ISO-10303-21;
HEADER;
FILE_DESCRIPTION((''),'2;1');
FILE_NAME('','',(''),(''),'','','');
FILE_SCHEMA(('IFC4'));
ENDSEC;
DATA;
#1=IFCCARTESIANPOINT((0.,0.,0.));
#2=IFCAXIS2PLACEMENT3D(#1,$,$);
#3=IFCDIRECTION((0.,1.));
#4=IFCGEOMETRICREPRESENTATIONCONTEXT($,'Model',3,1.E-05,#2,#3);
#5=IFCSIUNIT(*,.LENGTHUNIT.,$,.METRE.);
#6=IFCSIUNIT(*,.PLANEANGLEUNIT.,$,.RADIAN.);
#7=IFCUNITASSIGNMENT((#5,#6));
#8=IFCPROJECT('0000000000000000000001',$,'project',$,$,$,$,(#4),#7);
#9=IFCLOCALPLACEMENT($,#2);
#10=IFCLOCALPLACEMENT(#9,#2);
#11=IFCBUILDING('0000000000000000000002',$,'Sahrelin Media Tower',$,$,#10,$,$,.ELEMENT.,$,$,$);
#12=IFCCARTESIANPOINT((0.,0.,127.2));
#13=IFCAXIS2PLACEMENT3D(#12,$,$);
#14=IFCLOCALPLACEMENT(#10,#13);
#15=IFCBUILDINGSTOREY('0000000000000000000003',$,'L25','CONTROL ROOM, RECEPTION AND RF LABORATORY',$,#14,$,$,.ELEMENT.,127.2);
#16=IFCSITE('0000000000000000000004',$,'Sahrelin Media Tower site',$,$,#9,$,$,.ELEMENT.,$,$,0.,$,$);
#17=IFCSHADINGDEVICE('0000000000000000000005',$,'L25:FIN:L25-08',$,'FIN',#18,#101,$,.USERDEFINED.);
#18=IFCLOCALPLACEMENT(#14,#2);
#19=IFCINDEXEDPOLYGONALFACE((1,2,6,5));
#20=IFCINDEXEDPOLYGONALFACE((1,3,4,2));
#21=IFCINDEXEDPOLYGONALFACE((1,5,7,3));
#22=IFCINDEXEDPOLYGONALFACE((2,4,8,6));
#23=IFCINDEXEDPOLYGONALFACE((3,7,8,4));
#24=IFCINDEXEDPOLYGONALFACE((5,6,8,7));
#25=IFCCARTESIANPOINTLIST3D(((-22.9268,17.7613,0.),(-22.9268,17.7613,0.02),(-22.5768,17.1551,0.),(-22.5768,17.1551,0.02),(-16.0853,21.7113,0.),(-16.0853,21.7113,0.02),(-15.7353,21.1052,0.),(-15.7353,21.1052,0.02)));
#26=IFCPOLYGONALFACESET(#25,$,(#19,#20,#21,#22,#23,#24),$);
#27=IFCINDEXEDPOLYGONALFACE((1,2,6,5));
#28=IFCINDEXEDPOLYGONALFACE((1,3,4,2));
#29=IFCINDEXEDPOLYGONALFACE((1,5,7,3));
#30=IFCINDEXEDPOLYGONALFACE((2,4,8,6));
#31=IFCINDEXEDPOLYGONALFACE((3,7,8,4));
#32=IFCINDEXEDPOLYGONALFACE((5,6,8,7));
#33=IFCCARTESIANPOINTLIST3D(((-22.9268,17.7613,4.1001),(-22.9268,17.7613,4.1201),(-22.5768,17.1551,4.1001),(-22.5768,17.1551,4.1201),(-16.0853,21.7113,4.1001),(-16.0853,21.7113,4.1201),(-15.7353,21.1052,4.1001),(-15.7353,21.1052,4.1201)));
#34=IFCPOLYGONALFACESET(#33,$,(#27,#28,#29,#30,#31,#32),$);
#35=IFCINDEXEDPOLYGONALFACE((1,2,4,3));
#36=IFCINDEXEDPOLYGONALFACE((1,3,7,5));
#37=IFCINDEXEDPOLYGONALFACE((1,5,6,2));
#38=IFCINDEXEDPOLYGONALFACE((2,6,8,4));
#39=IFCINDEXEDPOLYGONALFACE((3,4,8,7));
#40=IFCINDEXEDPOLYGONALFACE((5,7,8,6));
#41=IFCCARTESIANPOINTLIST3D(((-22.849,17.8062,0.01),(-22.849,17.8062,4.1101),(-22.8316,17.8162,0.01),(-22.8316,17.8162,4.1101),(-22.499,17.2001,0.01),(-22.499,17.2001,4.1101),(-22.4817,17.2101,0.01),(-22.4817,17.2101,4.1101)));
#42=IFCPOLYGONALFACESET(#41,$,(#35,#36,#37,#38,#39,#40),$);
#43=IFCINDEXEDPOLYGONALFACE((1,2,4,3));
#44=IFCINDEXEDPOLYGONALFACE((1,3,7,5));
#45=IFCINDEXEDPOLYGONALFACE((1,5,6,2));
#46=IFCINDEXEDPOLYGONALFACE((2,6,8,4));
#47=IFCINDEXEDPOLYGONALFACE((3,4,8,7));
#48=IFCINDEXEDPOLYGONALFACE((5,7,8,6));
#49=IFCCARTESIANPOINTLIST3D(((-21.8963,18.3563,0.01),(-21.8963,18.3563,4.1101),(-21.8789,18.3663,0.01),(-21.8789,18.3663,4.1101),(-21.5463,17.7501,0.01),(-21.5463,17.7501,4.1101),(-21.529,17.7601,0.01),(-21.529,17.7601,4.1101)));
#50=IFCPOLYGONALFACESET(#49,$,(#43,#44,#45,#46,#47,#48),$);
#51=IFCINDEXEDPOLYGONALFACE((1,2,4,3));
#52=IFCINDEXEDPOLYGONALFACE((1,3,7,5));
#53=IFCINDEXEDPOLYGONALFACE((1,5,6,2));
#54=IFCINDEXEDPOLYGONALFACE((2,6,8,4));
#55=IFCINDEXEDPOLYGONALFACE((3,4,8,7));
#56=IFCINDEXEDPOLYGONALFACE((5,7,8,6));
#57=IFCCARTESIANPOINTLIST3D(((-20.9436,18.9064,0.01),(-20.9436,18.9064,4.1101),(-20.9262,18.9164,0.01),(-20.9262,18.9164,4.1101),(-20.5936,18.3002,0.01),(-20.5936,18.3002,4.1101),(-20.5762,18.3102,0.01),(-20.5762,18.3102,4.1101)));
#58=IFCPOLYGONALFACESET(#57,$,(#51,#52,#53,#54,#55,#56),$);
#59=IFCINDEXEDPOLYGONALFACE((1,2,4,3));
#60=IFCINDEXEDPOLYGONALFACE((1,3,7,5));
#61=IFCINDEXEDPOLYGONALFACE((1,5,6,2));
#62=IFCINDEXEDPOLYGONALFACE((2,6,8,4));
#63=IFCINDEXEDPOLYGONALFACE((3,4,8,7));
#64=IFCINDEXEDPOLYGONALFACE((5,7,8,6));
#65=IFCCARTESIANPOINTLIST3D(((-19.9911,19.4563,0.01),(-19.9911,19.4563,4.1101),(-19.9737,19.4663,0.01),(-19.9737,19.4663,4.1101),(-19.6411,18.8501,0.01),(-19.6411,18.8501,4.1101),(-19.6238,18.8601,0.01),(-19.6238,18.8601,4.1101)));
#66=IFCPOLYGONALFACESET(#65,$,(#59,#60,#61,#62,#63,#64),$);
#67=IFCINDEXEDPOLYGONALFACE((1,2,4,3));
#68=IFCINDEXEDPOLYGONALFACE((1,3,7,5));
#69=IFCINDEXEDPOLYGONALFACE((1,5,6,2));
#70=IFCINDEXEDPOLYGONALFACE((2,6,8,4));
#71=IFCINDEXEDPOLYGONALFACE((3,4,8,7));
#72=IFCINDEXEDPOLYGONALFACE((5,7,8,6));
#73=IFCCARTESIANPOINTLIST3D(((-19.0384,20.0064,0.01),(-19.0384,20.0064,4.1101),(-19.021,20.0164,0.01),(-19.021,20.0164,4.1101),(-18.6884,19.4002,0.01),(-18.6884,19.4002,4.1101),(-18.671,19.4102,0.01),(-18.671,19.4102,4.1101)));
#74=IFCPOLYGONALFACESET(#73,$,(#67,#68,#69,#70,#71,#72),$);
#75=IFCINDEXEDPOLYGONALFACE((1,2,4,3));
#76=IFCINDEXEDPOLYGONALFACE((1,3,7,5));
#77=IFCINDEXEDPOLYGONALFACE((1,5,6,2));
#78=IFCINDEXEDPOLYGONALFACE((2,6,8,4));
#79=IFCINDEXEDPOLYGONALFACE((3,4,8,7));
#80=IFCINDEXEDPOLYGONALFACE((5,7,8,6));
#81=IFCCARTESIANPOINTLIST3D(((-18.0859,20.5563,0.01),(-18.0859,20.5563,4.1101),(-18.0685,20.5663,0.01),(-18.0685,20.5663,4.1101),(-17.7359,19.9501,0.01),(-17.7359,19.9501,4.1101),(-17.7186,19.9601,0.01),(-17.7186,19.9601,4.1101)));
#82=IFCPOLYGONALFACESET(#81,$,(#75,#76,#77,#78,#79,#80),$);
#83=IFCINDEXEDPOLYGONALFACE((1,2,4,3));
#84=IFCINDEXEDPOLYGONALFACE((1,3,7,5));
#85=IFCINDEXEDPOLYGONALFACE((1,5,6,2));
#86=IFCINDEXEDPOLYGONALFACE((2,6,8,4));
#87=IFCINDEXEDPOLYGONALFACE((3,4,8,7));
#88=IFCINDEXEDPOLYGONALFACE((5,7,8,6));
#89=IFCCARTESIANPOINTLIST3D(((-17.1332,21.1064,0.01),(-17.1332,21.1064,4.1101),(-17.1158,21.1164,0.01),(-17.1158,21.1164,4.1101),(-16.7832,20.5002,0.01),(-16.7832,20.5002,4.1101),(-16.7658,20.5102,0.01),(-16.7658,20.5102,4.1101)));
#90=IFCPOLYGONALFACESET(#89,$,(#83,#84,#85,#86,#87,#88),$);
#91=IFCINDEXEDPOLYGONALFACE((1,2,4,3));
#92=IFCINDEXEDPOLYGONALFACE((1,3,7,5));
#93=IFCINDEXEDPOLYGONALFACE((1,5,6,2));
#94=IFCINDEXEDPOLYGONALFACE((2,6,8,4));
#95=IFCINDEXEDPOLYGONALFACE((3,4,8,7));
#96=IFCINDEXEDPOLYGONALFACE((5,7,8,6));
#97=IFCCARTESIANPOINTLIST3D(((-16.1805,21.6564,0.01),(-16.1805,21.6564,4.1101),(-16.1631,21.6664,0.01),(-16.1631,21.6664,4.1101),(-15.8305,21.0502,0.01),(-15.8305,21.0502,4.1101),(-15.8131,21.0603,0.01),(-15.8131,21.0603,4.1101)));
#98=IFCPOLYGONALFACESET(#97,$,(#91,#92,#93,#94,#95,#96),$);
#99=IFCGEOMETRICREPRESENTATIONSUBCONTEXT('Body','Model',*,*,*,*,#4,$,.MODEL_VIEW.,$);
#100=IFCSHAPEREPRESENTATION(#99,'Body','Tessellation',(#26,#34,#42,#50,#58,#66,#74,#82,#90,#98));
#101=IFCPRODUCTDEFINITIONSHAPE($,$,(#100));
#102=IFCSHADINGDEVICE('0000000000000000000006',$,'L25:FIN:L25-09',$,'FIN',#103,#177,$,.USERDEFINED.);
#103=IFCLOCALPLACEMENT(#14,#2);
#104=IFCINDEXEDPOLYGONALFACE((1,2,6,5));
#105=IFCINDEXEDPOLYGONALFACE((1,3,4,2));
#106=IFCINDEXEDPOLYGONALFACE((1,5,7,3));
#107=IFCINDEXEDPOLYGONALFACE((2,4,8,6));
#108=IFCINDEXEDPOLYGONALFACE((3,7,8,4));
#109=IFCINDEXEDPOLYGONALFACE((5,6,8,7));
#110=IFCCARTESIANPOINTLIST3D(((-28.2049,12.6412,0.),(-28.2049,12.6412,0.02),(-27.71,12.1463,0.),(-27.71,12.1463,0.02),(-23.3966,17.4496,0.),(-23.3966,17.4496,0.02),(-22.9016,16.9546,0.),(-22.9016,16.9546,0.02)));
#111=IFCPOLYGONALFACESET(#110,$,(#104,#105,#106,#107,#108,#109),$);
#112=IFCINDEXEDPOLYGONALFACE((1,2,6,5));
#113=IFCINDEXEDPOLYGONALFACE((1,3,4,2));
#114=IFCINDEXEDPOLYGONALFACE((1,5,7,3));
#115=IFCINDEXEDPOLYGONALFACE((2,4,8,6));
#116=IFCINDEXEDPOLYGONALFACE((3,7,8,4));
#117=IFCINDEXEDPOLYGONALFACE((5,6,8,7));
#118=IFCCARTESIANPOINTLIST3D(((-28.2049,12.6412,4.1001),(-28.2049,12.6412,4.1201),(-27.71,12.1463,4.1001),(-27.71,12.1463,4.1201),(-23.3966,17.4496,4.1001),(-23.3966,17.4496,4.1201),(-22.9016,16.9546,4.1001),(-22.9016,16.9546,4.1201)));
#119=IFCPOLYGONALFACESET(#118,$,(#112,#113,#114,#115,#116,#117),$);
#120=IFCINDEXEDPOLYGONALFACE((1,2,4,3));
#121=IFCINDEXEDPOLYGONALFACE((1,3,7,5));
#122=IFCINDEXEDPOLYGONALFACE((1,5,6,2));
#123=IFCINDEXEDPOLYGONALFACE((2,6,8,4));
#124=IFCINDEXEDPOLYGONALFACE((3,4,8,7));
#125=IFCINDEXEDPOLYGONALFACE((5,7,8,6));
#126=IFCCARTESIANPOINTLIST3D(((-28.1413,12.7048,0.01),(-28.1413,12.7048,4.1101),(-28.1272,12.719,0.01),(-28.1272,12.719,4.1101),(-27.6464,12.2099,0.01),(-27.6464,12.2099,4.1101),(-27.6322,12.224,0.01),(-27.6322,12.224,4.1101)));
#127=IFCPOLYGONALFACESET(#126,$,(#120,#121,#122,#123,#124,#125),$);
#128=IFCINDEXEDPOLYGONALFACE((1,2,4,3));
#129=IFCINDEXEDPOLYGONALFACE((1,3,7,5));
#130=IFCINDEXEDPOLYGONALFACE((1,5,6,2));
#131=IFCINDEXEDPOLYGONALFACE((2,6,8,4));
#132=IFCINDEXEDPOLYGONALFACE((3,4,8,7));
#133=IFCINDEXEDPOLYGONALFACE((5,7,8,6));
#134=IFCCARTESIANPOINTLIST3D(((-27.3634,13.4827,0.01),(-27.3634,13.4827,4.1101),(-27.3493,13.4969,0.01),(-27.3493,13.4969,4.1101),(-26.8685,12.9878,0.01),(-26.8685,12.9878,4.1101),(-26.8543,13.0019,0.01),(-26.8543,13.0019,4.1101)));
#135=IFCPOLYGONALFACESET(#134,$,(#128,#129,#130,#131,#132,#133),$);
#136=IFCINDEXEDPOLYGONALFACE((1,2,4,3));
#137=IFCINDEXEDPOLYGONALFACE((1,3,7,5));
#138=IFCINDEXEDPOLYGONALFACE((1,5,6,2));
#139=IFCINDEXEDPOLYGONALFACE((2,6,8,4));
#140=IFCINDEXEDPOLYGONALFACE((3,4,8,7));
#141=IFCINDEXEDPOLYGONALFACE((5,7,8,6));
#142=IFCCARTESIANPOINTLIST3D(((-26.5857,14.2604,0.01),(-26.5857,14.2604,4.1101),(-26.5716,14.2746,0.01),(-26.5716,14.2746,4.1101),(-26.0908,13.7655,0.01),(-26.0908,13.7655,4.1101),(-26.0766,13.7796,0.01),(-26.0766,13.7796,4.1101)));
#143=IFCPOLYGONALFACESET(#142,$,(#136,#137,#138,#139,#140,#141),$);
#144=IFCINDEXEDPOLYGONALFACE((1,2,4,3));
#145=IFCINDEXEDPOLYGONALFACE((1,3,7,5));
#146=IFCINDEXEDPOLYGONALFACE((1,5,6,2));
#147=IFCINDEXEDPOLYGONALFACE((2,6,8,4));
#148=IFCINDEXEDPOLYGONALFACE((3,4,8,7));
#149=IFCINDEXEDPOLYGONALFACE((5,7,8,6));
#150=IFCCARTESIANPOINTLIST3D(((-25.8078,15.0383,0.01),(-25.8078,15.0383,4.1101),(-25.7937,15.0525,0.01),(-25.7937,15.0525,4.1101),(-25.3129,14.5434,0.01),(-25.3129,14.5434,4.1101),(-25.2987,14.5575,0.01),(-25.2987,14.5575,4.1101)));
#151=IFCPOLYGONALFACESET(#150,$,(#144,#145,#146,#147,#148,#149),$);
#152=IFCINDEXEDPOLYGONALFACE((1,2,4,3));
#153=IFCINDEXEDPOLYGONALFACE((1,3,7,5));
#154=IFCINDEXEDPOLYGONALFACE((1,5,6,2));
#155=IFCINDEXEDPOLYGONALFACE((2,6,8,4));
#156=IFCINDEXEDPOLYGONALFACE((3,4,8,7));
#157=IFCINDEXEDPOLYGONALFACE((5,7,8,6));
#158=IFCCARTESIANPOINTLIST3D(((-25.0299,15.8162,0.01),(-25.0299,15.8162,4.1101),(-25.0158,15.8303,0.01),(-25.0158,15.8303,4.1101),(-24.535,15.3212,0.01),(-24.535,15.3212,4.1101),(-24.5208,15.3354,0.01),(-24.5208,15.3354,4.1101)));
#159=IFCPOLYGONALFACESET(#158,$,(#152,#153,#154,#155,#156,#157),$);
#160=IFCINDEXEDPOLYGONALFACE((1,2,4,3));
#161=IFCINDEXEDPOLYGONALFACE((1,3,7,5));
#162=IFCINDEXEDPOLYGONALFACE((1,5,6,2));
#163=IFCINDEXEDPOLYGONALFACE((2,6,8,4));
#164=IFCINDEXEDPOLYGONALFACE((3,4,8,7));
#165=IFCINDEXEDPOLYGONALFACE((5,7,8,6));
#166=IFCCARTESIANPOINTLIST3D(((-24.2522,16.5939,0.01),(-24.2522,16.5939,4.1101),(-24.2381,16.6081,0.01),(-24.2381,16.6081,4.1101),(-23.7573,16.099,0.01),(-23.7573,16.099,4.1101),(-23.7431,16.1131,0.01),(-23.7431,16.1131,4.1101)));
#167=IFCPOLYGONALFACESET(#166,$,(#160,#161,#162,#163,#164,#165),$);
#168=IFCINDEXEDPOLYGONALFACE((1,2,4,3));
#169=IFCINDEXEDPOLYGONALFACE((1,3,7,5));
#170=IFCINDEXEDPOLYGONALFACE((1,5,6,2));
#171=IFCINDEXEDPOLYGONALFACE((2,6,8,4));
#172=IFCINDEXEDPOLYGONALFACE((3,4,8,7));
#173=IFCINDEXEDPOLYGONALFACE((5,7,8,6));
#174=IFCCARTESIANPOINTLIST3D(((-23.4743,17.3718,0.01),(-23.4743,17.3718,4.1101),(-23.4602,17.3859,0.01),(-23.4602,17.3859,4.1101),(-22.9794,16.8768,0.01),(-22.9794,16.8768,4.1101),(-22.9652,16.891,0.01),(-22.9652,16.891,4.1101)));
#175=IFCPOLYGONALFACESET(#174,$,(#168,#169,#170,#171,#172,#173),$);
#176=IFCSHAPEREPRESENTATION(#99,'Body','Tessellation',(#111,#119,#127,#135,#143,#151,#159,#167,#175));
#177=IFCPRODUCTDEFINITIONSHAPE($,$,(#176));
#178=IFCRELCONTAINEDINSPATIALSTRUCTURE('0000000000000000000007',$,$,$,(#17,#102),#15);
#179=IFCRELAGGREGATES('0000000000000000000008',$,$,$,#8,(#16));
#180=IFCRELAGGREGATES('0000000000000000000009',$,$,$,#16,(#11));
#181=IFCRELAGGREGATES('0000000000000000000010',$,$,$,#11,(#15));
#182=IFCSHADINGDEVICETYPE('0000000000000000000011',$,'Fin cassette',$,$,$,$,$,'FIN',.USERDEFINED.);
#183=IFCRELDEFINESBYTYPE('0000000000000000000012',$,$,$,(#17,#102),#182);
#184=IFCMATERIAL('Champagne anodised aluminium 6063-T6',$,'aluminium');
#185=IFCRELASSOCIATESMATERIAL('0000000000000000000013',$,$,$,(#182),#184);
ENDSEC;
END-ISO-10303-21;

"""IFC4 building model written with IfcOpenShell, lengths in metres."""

from ifc_helpers import new_model, si_unit, direction, frame, origin, origin_2d, place, context, subcontext, project, spatial, rectangle, extrude, material, type_object, element, save


model = new_model("IFC4")

# Units and contexts
model_context = context("Model", 3, precision=1e-05, world=origin(), true_north=direction((0.0, 1.0)))
body_context = subcontext(model_context, "Body", "Model", "MODEL_VIEW")
ifc_project = project(units=[si_unit("LENGTHUNIT", "METRE"), si_unit("PLANEANGLEUNIT", "RADIAN")], contexts=[model_context])

# Site, building, storey
site_placement = place(None, origin())
site = spatial("IfcSite", under=ifc_project, at=site_placement, Name="Sahrelin Media Tower site", CompositionType="ELEMENT", RefElevation=0.0)
building_placement = place(site_placement, origin())
building = spatial("IfcBuilding", under=site, at=building_placement, Name="Sahrelin Media Tower", CompositionType="ELEMENT")
storey_placement = place(building_placement, frame((0.0, 0.0, 127.2)))
storey = spatial("IfcBuildingStorey", under=building, at=storey_placement, Name="L25", Description="CONTROL ROOM, RECEPTION AND RF LABORATORY", CompositionType="ELEMENT", Elevation=127.2)

# Shared definitions
ifc_material_1 = material(Name="Champagne anodised aluminium 6063-T6", Category="aluminium")

# Shading devices
shading_device_type_1 = type_object("IfcShadingDeviceType", Name="Fin cassette", ElementType="FIN", PredefinedType="USERDEFINED", material=ifc_material_1)
placement_1 = place(storey_placement, frame((-19.1211, 19.0696, 0.0), z_axis=(0.0, 0.0, 1.0), x_axis=(0.866019, 0.500011, 0.0)))
element("IfcShadingDevice", 1, at=placement_1, inside=storey, type_object=shading_device_type_1, Name="L25:FIN:L25-08", ObjectType="FIN", PredefinedType="USERDEFINED", context=body_context, shape_type="SweptSolid", body=[
    extrude(rectangle(XDim=7.8999, YDim=0.7, at=origin_2d()), frame((0.0, 0.4199, 0.0)), (0.0, 0.0, 1.0), 0.02),
    extrude(rectangle(XDim=7.8999, YDim=0.7, at=origin_2d()), frame((0.0, 0.4199, 4.1001)), (0.0, 0.0, 1.0), 0.02),
    extrude(rectangle(XDim=0.02, YDim=0.7, at=origin_2d()), frame((-3.8501, 0.4199, 0.01), z_axis=(0.0, 0.0, 1.0), x_axis=(1.0, 0.0, 0.0)), (0.0, 0.0, 1.0), 4.1001),
    extrude(rectangle(XDim=0.02, YDim=0.7, at=origin_2d()), frame((-2.75, 0.4199, 0.01), z_axis=(0.0, 0.0, 1.0), x_axis=(1.0, 0.0, 0.0)), (0.0, 0.0, 1.0), 4.1001),
    extrude(rectangle(XDim=0.02, YDim=0.7, at=origin_2d()), frame((-1.6499, 0.4199, 0.01), z_axis=(0.0, 0.0, 1.0), x_axis=(1.0, 0.0, 0.0)), (0.0, 0.0, 1.0), 4.1001),
    extrude(rectangle(XDim=0.02, YDim=0.7, at=origin_2d()), frame((-0.55, 0.4199, 0.01), z_axis=(0.0, 0.0, 1.0), x_axis=(1.0, 0.0, 0.0)), (0.0, 0.0, 1.0), 4.1001),
    extrude(rectangle(XDim=0.02, YDim=0.7, at=origin_2d()), frame((0.55, 0.4199, 0.01), z_axis=(0.0, 0.0, 1.0), x_axis=(1.0, 0.0, 0.0)), (0.0, 0.0, 1.0), 4.1001),
    extrude(rectangle(XDim=0.02, YDim=0.7, at=origin_2d()), frame((1.6499, 0.4199, 0.01), z_axis=(0.0, 0.0, 1.0), x_axis=(1.0, 0.0, 0.0)), (0.0, 0.0, 1.0), 4.1001),
    extrude(rectangle(XDim=0.02, YDim=0.7, at=origin_2d()), frame((2.75, 0.4199, 0.01), z_axis=(0.0, 0.0, 1.0), x_axis=(1.0, 0.0, 0.0)), (0.0, 0.0, 1.0), 4.1001),
    extrude(rectangle(XDim=0.02, YDim=0.7, at=origin_2d()), frame((3.8501, 0.4199, 0.01), z_axis=(0.0, 0.0, 1.0), x_axis=(1.0, 0.0, 0.0)), (0.0, 0.0, 1.0), 4.1001),
])
placement_2 = place(storey_placement, frame((-25.2563, 14.501, 0.0), z_axis=(0.0, 0.0, 1.0), x_axis=(0.707107, 0.707107, 0.0)))
element("IfcShadingDevice", 2, at=placement_2, inside=storey, type_object=shading_device_type_1, Name="L25:FIN:L25-09", ObjectType="FIN", PredefinedType="USERDEFINED", context=body_context, shape_type="SweptSolid", body=[
    extrude(rectangle(XDim=6.8, YDim=0.7, at=origin_2d()), frame((0.0, 0.4199, 0.0)), (0.0, 0.0, 1.0), 0.02),
    extrude(rectangle(XDim=6.8, YDim=0.7, at=origin_2d()), frame((0.0, 0.4199, 4.1001)), (0.0, 0.0, 1.0), 0.02),
    extrude(rectangle(XDim=0.02, YDim=0.7, at=origin_2d()), frame((-3.3, 0.4199, 0.01), z_axis=(0.0, 0.0, 1.0), x_axis=(1.0, 0.0, 0.0)), (0.0, 0.0, 1.0), 4.1001),
    extrude(rectangle(XDim=0.02, YDim=0.7, at=origin_2d()), frame((-2.2, 0.4199, 0.01), z_axis=(0.0, 0.0, 1.0), x_axis=(1.0, 0.0, 0.0)), (0.0, 0.0, 1.0), 4.1001),
    extrude(rectangle(XDim=0.02, YDim=0.7, at=origin_2d()), frame((-1.1001, 0.4199, 0.01), z_axis=(0.0, 0.0, 1.0), x_axis=(1.0, 0.0, 0.0)), (0.0, 0.0, 1.0), 4.1001),
    extrude(rectangle(XDim=0.02, YDim=0.7, at=origin_2d()), frame((0.0, 0.4199, 0.01), z_axis=(0.0, 0.0, 1.0), x_axis=(1.0, 0.0, 0.0)), (0.0, 0.0, 1.0), 4.1001),
    extrude(rectangle(XDim=0.02, YDim=0.7, at=origin_2d()), frame((1.1001, 0.4199, 0.01), z_axis=(0.0, 0.0, 1.0), x_axis=(1.0, 0.0, 0.0)), (0.0, 0.0, 1.0), 4.1001),
    extrude(rectangle(XDim=0.02, YDim=0.7, at=origin_2d()), frame((2.2, 0.4199, 0.01), z_axis=(0.0, 0.0, 1.0), x_axis=(1.0, 0.0, 0.0)), (0.0, 0.0, 1.0), 4.1001),
    extrude(rectangle(XDim=0.02, YDim=0.7, at=origin_2d()), frame((3.3, 0.4199, 0.01), z_axis=(0.0, 0.0, 1.0), x_axis=(1.0, 0.0, 0.0)), (0.0, 0.0, 1.0), 4.1001),
])

save(model, "model.ifc")
